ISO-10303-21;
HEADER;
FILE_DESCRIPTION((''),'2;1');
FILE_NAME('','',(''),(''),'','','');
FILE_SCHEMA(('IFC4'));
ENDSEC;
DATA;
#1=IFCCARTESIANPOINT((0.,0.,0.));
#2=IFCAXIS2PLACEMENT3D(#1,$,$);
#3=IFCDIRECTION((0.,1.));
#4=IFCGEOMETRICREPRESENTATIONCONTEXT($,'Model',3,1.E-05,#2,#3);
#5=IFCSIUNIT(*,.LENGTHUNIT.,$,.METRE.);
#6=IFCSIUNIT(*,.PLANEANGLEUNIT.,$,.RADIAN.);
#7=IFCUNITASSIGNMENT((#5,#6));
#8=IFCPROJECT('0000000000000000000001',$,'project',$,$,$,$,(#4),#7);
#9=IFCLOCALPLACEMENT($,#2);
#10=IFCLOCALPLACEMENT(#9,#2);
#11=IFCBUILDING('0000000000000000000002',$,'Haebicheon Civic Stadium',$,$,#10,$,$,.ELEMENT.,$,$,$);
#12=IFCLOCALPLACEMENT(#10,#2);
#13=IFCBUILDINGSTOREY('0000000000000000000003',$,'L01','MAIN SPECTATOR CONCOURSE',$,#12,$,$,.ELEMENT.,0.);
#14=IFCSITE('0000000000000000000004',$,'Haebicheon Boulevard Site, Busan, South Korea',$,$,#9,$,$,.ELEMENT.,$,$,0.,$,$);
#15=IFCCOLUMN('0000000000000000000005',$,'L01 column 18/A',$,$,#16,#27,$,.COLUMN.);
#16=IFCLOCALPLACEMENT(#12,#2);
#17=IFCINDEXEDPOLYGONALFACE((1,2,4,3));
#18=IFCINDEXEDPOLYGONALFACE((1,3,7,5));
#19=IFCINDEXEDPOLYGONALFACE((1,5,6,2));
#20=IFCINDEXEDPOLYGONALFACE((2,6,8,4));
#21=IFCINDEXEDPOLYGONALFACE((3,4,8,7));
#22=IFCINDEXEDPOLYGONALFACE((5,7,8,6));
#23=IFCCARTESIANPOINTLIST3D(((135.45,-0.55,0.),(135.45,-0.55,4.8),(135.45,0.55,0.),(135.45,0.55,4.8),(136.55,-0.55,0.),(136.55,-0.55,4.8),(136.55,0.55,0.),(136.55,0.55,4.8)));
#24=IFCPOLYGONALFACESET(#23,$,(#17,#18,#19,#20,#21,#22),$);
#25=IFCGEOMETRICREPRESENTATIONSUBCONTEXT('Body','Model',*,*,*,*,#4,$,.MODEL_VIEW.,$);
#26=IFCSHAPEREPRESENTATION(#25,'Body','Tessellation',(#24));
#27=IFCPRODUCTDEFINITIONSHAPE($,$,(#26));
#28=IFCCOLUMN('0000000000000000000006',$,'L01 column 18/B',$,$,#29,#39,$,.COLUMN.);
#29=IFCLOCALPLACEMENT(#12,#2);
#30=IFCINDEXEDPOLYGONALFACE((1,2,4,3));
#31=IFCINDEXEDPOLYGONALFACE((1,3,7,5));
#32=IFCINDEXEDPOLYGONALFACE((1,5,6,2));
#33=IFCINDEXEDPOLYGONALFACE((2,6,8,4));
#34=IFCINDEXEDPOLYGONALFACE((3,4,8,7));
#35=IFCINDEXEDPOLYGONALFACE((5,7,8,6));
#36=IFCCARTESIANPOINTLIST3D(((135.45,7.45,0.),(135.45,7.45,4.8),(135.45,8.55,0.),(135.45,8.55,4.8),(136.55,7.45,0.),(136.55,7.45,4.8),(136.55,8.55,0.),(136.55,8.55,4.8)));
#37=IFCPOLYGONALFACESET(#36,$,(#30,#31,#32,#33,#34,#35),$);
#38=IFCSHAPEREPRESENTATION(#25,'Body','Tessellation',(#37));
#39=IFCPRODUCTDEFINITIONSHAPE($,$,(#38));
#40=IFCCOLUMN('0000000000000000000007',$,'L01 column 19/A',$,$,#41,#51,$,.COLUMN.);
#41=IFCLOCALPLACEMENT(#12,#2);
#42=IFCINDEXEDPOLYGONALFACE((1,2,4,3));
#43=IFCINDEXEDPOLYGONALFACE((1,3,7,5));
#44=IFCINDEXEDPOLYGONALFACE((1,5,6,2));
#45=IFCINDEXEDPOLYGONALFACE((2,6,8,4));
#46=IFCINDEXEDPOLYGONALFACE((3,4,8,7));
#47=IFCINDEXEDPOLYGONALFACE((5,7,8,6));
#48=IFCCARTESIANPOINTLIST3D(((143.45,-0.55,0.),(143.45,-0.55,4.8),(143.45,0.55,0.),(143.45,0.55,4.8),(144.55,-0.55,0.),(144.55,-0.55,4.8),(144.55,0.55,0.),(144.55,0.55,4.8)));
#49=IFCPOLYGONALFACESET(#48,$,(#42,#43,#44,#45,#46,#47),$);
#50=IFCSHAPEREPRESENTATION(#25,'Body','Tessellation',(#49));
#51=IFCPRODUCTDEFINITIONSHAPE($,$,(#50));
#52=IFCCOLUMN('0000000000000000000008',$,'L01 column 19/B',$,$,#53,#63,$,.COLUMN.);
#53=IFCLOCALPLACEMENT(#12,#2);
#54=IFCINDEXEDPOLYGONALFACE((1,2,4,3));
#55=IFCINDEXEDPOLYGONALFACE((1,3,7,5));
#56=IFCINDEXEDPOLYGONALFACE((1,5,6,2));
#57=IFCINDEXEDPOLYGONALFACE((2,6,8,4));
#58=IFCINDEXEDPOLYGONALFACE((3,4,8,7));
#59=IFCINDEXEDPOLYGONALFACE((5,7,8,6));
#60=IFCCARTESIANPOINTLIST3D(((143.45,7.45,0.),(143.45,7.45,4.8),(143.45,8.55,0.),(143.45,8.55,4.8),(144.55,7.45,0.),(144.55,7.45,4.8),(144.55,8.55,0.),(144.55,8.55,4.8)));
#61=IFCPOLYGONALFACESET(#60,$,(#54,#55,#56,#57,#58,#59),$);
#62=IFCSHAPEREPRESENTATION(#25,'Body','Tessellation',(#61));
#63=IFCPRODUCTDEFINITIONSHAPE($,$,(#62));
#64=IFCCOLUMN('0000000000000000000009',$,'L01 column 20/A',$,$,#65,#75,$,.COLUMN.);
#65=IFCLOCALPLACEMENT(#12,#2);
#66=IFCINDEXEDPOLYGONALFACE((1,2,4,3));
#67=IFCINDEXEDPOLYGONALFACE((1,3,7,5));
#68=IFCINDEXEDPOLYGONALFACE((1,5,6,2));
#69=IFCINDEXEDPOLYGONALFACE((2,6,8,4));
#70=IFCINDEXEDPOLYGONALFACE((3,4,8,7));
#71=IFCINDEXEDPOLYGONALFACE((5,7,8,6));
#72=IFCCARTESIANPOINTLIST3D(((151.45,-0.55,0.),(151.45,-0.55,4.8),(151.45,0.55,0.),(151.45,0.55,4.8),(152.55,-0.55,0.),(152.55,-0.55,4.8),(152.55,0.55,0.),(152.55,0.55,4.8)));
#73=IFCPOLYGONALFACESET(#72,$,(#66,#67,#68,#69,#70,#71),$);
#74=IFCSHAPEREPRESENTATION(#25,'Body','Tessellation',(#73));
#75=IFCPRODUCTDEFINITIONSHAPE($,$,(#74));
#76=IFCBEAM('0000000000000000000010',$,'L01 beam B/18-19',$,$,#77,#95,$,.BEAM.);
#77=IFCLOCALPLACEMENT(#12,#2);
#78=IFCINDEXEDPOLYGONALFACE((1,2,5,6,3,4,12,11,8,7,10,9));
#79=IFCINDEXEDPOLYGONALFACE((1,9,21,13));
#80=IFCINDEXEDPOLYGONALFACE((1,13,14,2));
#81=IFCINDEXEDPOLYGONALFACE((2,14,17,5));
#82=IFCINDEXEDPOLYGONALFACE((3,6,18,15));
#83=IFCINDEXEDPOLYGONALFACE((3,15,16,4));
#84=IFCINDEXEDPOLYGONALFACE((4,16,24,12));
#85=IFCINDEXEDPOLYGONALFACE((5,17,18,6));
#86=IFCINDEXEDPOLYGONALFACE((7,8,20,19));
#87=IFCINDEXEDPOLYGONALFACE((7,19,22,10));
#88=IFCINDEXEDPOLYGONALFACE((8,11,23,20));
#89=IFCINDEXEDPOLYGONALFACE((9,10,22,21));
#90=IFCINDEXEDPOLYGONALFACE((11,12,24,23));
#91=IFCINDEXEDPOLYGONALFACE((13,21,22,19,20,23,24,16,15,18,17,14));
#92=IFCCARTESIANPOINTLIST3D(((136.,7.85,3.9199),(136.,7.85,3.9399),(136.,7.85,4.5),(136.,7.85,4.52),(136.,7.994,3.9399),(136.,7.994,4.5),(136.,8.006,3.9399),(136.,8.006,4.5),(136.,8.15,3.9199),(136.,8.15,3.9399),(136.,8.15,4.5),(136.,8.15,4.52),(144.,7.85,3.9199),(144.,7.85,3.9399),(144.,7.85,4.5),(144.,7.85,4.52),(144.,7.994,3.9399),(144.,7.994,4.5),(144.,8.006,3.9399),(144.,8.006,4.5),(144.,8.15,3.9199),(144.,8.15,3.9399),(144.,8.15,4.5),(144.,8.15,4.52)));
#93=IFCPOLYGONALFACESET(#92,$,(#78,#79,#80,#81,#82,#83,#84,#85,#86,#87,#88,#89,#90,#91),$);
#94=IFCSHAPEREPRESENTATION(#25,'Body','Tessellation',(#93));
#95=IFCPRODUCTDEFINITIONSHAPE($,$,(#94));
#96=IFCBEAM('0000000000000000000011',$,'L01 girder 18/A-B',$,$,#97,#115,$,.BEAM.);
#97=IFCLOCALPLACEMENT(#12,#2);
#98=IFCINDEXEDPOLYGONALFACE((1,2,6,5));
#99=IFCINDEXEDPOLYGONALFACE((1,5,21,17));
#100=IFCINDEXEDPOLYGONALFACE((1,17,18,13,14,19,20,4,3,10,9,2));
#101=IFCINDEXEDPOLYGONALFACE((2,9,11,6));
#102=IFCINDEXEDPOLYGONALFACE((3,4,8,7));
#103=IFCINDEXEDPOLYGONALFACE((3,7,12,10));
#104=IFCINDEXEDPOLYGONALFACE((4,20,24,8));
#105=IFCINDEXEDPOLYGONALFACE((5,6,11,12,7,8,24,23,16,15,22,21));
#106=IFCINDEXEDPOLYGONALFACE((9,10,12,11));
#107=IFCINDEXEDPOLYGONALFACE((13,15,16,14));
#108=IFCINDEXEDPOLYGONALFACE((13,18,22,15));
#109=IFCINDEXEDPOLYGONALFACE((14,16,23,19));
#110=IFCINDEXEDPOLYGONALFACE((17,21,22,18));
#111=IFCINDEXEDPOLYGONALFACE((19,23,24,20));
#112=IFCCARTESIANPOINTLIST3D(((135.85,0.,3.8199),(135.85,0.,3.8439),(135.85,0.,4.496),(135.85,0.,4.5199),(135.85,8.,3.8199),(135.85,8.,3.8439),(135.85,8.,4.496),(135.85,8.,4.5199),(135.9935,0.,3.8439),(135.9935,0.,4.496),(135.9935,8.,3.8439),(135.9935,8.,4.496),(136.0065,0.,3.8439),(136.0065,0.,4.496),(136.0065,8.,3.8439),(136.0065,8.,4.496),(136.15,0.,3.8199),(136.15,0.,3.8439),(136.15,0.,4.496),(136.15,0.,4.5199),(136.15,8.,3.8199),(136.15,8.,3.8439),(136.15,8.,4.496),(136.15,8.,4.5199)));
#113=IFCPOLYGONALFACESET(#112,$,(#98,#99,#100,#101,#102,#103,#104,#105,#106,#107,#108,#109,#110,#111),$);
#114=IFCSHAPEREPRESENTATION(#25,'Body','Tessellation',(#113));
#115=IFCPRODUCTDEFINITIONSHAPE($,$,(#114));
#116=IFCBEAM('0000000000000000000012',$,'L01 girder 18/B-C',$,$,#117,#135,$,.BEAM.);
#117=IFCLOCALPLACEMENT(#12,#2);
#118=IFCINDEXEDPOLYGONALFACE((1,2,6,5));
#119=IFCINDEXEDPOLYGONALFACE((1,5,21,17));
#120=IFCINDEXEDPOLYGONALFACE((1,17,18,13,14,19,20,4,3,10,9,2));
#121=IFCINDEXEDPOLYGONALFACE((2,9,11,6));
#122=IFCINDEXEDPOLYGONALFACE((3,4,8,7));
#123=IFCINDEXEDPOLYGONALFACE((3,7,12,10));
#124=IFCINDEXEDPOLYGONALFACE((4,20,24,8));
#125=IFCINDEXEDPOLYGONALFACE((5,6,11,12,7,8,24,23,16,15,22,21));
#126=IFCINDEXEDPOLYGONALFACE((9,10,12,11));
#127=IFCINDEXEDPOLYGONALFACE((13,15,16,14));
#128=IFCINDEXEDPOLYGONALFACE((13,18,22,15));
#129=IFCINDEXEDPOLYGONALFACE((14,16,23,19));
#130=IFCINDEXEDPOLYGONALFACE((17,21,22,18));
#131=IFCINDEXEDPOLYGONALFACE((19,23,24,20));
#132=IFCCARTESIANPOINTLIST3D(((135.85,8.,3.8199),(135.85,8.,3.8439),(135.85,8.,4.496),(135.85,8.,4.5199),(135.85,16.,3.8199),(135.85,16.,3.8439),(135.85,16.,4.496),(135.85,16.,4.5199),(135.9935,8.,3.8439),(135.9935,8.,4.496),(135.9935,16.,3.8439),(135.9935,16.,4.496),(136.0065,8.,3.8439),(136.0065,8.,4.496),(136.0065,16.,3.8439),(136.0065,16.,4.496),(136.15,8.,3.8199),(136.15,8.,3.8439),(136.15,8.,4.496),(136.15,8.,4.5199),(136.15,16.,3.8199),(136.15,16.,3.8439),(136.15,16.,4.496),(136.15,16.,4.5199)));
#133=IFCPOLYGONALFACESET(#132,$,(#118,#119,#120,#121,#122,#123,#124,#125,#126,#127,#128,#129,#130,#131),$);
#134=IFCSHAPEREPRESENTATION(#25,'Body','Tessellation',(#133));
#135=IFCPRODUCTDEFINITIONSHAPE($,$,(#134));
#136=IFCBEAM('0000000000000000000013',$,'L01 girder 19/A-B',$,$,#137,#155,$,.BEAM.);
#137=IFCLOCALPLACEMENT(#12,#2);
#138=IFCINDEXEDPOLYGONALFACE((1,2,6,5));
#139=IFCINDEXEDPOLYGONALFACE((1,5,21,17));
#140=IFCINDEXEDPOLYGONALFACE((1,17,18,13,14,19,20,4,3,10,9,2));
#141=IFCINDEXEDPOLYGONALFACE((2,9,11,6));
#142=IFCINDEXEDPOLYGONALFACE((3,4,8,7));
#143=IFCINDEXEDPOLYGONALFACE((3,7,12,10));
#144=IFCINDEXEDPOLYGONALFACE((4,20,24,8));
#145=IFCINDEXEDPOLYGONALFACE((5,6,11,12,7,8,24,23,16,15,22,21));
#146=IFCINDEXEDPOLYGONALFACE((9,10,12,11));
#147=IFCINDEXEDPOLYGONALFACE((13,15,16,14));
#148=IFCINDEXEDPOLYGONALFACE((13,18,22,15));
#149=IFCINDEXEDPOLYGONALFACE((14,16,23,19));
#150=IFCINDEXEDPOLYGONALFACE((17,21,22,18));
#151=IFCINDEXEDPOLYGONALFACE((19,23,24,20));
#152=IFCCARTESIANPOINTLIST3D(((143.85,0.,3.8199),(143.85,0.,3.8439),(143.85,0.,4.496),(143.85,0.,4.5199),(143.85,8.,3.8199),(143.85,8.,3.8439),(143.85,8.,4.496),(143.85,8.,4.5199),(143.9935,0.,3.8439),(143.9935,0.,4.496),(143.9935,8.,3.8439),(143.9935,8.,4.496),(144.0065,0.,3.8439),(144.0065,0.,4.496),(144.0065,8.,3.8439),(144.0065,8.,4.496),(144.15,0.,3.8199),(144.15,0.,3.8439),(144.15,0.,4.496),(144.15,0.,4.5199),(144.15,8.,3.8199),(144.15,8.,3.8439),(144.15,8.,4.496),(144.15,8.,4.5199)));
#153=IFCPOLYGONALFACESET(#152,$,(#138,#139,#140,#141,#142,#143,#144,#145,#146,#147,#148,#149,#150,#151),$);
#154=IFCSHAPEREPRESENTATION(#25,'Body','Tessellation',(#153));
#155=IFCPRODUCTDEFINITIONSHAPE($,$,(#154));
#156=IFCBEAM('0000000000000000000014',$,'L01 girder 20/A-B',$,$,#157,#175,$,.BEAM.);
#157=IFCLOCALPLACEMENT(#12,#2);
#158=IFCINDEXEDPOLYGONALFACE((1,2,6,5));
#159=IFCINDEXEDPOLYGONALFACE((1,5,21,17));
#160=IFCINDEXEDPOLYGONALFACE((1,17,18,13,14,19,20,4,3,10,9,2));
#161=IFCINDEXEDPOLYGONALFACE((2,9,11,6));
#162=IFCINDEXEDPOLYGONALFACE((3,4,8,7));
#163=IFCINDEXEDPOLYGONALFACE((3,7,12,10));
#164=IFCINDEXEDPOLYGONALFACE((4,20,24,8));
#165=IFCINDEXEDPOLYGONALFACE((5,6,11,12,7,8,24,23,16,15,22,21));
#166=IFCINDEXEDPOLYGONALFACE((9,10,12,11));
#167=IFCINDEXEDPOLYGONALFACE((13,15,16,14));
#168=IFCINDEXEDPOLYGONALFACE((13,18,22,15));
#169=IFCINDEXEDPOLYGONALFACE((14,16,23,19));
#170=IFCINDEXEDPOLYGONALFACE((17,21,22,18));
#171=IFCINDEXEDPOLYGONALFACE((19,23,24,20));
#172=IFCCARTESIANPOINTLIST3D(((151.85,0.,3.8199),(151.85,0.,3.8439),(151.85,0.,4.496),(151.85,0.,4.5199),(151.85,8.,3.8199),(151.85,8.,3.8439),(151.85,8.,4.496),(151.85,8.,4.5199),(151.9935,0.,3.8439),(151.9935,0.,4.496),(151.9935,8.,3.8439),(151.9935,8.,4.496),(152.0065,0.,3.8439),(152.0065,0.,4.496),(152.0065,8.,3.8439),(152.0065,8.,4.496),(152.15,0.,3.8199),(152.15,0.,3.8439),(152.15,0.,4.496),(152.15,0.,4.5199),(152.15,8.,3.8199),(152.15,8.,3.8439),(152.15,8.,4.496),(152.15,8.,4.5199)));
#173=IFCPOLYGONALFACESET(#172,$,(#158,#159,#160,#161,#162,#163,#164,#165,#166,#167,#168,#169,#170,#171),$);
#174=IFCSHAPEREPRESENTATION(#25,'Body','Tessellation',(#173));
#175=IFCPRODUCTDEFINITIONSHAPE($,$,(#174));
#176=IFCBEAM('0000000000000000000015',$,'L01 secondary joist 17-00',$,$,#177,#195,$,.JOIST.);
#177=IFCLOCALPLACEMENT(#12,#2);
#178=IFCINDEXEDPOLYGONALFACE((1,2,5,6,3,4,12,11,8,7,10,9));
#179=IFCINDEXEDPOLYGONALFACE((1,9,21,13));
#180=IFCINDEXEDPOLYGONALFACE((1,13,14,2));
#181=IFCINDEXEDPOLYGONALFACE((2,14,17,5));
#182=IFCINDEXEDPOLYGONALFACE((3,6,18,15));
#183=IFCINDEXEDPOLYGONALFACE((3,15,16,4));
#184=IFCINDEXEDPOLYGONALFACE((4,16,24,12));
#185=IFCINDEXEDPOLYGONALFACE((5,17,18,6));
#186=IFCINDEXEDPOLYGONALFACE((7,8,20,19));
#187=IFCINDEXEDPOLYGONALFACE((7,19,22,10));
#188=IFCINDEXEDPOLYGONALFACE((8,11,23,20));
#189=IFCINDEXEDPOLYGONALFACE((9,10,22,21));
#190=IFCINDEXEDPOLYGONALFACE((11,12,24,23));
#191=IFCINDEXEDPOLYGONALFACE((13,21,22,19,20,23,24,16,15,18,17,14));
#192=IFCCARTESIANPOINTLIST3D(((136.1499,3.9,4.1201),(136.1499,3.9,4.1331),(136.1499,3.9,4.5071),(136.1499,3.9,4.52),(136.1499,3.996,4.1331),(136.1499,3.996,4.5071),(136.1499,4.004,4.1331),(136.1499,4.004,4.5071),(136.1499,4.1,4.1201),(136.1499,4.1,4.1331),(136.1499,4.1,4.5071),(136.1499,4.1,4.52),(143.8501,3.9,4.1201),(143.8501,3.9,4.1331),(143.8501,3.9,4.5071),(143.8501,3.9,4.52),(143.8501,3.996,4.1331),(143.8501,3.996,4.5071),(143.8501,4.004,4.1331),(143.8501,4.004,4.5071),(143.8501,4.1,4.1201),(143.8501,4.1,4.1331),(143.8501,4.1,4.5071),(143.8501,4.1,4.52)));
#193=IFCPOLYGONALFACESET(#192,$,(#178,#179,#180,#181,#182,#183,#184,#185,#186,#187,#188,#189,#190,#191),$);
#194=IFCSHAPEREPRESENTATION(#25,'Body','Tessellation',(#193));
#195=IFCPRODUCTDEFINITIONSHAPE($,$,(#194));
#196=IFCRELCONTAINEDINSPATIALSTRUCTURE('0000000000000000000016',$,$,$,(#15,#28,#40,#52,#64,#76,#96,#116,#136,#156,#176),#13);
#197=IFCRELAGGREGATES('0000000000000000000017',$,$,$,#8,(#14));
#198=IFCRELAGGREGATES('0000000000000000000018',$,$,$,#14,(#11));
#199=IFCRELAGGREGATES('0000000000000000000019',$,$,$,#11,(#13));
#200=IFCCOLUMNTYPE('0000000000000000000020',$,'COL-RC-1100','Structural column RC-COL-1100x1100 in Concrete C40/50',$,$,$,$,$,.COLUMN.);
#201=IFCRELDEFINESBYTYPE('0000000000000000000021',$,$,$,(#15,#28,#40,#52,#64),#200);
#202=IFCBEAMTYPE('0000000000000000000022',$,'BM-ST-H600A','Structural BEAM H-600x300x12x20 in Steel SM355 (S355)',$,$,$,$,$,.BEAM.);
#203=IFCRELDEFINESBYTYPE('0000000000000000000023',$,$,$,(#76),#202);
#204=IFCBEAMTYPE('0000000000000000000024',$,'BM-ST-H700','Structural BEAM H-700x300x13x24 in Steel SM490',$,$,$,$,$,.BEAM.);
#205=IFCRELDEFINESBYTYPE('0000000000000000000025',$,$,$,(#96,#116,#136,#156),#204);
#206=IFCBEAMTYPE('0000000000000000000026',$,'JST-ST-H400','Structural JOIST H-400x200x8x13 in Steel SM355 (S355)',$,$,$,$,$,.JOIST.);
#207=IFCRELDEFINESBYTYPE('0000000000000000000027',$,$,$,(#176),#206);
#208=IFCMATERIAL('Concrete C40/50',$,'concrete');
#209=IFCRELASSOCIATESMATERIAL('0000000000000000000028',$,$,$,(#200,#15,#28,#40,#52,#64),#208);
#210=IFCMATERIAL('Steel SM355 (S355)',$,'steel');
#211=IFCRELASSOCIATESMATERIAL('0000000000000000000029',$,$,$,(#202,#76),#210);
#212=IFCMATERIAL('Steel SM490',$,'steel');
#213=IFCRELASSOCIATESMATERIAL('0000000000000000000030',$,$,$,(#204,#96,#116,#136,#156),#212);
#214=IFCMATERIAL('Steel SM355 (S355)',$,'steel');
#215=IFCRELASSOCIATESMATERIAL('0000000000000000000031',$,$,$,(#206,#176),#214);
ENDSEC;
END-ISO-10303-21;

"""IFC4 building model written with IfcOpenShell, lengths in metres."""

from ifc_helpers import new_model, si_unit, direction, frame, origin, origin_2d, place, context, subcontext, project, spatial, rectangle, i_section, extrude, material, material_profile, profile_set, type_object, element, save


model = new_model("IFC4")

# Units and contexts
model_context = context("Model", 3, precision=1e-05, world=origin(), true_north=direction((0.0, 1.0)))
body_context = subcontext(model_context, "Body", "Model", "MODEL_VIEW")
ifc_project = project(units=[si_unit("LENGTHUNIT", "METRE"), si_unit("PLANEANGLEUNIT", "RADIAN")], contexts=[model_context])

# Site, building, storey
site_placement = place(None, origin())
site = spatial("IfcSite", under=ifc_project, at=site_placement, Name="Haebicheon Boulevard Site, Busan, South Korea", CompositionType="ELEMENT", RefElevation=0.0)
building_placement = place(site_placement, origin())
building = spatial("IfcBuilding", under=site, at=building_placement, Name="Haebicheon Civic Stadium", CompositionType="ELEMENT")
storey_placement = place(building_placement, origin())
storey = spatial("IfcBuildingStorey", under=building, at=storey_placement, Name="L01", Description="MAIN SPECTATOR CONCOURSE", CompositionType="ELEMENT", Elevation=0.0)

# Columns
ifc_material_1 = material(Name="Concrete C40/50", Category="concrete")
ifc_material_profile_1 = material_profile(ifc_material_1, rectangle(XDim=1.1001, YDim=1.1001, at=origin_2d()), Name="RC-COL-1100x1100")
ifc_profile_set_1 = profile_set([ifc_material_profile_1], Name="Concrete C40/50")
column_type = type_object("IfcColumnType", Name="COL-RC-1100", Description="Structural column RC-COL-1100x1100 in Concrete C40/50", PredefinedType="COLUMN", material=ifc_profile_set_1)
for number, where, z_axis, x_axis, name in (
    (1, (136.0, 0.0, 0.0), (0.0, 0.0, 1.0), (1.0, 0.0, 0.0), "L01 column 18/A"),
    (2, (136.0, 8.0, 0.0), (0.0, 0.0, 1.0), (1.0, 0.0, 0.0), "L01 column 18/B"),
    (3, (144.0, 0.0, 0.0), (0.0, 0.0, 1.0), (1.0, 0.0, 0.0), "L01 column 19/A"),
    (4, (144.0, 8.0, 0.0), (0.0, 0.0, 1.0), (1.0, 0.0, 0.0), "L01 column 19/B"),
    (5, (152.0, 0.0, 0.0), (0.0, 0.0, 1.0), (1.0, 0.0, 0.0), "L01 column 20/A"),
):
    element("IfcColumn", number, at=place(storey_placement, frame(where, z_axis=z_axis, x_axis=x_axis)), inside=storey, type_object=column_type, material=ifc_profile_set_1, Name=name, PredefinedType="COLUMN", context=body_context, shape_type="SweptSolid", body=[
        extrude(rectangle(XDim=1.1001, YDim=1.1001, at=origin_2d()), origin(), (0.0, 0.0, 1.0), 4.8),
    ])

# Beams
ifc_material_2 = material(Name="Steel SM355 (S355)", Category="steel")
ifc_material_profile_2 = material_profile(ifc_material_2, i_section(OverallWidth=0.3, OverallDepth=0.6001, WebThickness=0.012, FlangeThickness=0.02, at=origin_2d()), Name="H-600x300x12x20")
ifc_profile_set_2 = profile_set([ifc_material_profile_2], Name="Steel SM355 (S355)")
beam_type_1 = type_object("IfcBeamType", Name="BM-ST-H600A", Description="Structural BEAM H-600x300x12x20 in Steel SM355 (S355)", PredefinedType="BEAM", material=ifc_profile_set_2)
beam_placement = place(storey_placement, frame((136.0, 8.0, 4.22), z_axis=(1.0, 0.0, 0.0), x_axis=(0.0, 1.0, 0.0)))
element("IfcBeam", 6, at=beam_placement, inside=storey, type_object=beam_type_1, material=ifc_profile_set_2, Name="L01 beam B/18-19", PredefinedType="BEAM", context=body_context, shape_type="SweptSolid", body=[
    extrude(i_section(OverallWidth=0.3, OverallDepth=0.6001, WebThickness=0.012, FlangeThickness=0.02, at=origin_2d()), origin(), (0.0, 0.0, 1.0), 8.0),
])
ifc_material_3 = material(Name="Steel SM490", Category="steel")
ifc_material_profile_3 = material_profile(ifc_material_3, i_section(OverallWidth=0.3, OverallDepth=0.7, WebThickness=0.0129, FlangeThickness=0.0239, at=origin_2d()), Name="H-700x300x13x24")
ifc_profile_set_3 = profile_set([ifc_material_profile_3], Name="Steel SM490")
beam_type_2 = type_object("IfcBeamType", Name="BM-ST-H700", Description="Structural BEAM H-700x300x13x24 in Steel SM490", PredefinedType="BEAM", material=ifc_profile_set_3)
for number, where, z_axis, x_axis, name in (
    (7, (136.0, 0.0, 4.1699), (0.0, 1.0, 0.0), (-1.0, 0.0, 0.0), "L01 girder 18/A-B"),
    (8, (136.0, 8.0, 4.1699), (0.0, 1.0, 0.0), (-1.0, 0.0, 0.0), "L01 girder 18/B-C"),
    (9, (144.0, 0.0, 4.1699), (0.0, 1.0, 0.0), (-1.0, 0.0, 0.0), "L01 girder 19/A-B"),
    (10, (152.0, 0.0, 4.1699), (0.0, 1.0, 0.0), (-1.0, 0.0, 0.0), "L01 girder 20/A-B"),
):
    element("IfcBeam", number, at=place(storey_placement, frame(where, z_axis=z_axis, x_axis=x_axis)), inside=storey, type_object=beam_type_2, material=ifc_profile_set_3, Name=name, PredefinedType="BEAM", context=body_context, shape_type="SweptSolid", body=[
        extrude(i_section(OverallWidth=0.3, OverallDepth=0.7, WebThickness=0.0129, FlangeThickness=0.0239, at=origin_2d()), origin(), (0.0, 0.0, 1.0), 8.0),
    ])
ifc_material_4 = material(Name="Steel SM355 (S355)", Category="steel")
ifc_material_profile_4 = material_profile(ifc_material_4, i_section(OverallWidth=0.2, OverallDepth=0.3999, WebThickness=0.0081, FlangeThickness=0.0129, at=origin_2d()), Name="H-400x200x8x13")
ifc_profile_set_4 = profile_set([ifc_material_profile_4], Name="Steel SM355 (S355)")
beam_type_3 = type_object("IfcBeamType", Name="JST-ST-H400", Description="Structural JOIST H-400x200x8x13 in Steel SM355 (S355)", PredefinedType="JOIST", material=ifc_profile_set_4)
for number, where, z_axis, x_axis, name in (
    (11, (136.1499, 4.0, 4.3201), (1.0, 0.0, 0.0), (0.0, 1.0, 0.0), "L01 secondary joist 17-00"),
):
    element("IfcBeam", number, at=place(storey_placement, frame(where, z_axis=z_axis, x_axis=x_axis)), inside=storey, type_object=beam_type_3, material=ifc_profile_set_4, Name=name, PredefinedType="JOIST", context=body_context, shape_type="SweptSolid", body=[
        extrude(i_section(OverallWidth=0.2, OverallDepth=0.3999, WebThickness=0.0081, FlangeThickness=0.0129, at=origin_2d()), origin(), (0.0, 0.0, 1.0), 7.7002),
    ])

save(model, "model.ifc")
